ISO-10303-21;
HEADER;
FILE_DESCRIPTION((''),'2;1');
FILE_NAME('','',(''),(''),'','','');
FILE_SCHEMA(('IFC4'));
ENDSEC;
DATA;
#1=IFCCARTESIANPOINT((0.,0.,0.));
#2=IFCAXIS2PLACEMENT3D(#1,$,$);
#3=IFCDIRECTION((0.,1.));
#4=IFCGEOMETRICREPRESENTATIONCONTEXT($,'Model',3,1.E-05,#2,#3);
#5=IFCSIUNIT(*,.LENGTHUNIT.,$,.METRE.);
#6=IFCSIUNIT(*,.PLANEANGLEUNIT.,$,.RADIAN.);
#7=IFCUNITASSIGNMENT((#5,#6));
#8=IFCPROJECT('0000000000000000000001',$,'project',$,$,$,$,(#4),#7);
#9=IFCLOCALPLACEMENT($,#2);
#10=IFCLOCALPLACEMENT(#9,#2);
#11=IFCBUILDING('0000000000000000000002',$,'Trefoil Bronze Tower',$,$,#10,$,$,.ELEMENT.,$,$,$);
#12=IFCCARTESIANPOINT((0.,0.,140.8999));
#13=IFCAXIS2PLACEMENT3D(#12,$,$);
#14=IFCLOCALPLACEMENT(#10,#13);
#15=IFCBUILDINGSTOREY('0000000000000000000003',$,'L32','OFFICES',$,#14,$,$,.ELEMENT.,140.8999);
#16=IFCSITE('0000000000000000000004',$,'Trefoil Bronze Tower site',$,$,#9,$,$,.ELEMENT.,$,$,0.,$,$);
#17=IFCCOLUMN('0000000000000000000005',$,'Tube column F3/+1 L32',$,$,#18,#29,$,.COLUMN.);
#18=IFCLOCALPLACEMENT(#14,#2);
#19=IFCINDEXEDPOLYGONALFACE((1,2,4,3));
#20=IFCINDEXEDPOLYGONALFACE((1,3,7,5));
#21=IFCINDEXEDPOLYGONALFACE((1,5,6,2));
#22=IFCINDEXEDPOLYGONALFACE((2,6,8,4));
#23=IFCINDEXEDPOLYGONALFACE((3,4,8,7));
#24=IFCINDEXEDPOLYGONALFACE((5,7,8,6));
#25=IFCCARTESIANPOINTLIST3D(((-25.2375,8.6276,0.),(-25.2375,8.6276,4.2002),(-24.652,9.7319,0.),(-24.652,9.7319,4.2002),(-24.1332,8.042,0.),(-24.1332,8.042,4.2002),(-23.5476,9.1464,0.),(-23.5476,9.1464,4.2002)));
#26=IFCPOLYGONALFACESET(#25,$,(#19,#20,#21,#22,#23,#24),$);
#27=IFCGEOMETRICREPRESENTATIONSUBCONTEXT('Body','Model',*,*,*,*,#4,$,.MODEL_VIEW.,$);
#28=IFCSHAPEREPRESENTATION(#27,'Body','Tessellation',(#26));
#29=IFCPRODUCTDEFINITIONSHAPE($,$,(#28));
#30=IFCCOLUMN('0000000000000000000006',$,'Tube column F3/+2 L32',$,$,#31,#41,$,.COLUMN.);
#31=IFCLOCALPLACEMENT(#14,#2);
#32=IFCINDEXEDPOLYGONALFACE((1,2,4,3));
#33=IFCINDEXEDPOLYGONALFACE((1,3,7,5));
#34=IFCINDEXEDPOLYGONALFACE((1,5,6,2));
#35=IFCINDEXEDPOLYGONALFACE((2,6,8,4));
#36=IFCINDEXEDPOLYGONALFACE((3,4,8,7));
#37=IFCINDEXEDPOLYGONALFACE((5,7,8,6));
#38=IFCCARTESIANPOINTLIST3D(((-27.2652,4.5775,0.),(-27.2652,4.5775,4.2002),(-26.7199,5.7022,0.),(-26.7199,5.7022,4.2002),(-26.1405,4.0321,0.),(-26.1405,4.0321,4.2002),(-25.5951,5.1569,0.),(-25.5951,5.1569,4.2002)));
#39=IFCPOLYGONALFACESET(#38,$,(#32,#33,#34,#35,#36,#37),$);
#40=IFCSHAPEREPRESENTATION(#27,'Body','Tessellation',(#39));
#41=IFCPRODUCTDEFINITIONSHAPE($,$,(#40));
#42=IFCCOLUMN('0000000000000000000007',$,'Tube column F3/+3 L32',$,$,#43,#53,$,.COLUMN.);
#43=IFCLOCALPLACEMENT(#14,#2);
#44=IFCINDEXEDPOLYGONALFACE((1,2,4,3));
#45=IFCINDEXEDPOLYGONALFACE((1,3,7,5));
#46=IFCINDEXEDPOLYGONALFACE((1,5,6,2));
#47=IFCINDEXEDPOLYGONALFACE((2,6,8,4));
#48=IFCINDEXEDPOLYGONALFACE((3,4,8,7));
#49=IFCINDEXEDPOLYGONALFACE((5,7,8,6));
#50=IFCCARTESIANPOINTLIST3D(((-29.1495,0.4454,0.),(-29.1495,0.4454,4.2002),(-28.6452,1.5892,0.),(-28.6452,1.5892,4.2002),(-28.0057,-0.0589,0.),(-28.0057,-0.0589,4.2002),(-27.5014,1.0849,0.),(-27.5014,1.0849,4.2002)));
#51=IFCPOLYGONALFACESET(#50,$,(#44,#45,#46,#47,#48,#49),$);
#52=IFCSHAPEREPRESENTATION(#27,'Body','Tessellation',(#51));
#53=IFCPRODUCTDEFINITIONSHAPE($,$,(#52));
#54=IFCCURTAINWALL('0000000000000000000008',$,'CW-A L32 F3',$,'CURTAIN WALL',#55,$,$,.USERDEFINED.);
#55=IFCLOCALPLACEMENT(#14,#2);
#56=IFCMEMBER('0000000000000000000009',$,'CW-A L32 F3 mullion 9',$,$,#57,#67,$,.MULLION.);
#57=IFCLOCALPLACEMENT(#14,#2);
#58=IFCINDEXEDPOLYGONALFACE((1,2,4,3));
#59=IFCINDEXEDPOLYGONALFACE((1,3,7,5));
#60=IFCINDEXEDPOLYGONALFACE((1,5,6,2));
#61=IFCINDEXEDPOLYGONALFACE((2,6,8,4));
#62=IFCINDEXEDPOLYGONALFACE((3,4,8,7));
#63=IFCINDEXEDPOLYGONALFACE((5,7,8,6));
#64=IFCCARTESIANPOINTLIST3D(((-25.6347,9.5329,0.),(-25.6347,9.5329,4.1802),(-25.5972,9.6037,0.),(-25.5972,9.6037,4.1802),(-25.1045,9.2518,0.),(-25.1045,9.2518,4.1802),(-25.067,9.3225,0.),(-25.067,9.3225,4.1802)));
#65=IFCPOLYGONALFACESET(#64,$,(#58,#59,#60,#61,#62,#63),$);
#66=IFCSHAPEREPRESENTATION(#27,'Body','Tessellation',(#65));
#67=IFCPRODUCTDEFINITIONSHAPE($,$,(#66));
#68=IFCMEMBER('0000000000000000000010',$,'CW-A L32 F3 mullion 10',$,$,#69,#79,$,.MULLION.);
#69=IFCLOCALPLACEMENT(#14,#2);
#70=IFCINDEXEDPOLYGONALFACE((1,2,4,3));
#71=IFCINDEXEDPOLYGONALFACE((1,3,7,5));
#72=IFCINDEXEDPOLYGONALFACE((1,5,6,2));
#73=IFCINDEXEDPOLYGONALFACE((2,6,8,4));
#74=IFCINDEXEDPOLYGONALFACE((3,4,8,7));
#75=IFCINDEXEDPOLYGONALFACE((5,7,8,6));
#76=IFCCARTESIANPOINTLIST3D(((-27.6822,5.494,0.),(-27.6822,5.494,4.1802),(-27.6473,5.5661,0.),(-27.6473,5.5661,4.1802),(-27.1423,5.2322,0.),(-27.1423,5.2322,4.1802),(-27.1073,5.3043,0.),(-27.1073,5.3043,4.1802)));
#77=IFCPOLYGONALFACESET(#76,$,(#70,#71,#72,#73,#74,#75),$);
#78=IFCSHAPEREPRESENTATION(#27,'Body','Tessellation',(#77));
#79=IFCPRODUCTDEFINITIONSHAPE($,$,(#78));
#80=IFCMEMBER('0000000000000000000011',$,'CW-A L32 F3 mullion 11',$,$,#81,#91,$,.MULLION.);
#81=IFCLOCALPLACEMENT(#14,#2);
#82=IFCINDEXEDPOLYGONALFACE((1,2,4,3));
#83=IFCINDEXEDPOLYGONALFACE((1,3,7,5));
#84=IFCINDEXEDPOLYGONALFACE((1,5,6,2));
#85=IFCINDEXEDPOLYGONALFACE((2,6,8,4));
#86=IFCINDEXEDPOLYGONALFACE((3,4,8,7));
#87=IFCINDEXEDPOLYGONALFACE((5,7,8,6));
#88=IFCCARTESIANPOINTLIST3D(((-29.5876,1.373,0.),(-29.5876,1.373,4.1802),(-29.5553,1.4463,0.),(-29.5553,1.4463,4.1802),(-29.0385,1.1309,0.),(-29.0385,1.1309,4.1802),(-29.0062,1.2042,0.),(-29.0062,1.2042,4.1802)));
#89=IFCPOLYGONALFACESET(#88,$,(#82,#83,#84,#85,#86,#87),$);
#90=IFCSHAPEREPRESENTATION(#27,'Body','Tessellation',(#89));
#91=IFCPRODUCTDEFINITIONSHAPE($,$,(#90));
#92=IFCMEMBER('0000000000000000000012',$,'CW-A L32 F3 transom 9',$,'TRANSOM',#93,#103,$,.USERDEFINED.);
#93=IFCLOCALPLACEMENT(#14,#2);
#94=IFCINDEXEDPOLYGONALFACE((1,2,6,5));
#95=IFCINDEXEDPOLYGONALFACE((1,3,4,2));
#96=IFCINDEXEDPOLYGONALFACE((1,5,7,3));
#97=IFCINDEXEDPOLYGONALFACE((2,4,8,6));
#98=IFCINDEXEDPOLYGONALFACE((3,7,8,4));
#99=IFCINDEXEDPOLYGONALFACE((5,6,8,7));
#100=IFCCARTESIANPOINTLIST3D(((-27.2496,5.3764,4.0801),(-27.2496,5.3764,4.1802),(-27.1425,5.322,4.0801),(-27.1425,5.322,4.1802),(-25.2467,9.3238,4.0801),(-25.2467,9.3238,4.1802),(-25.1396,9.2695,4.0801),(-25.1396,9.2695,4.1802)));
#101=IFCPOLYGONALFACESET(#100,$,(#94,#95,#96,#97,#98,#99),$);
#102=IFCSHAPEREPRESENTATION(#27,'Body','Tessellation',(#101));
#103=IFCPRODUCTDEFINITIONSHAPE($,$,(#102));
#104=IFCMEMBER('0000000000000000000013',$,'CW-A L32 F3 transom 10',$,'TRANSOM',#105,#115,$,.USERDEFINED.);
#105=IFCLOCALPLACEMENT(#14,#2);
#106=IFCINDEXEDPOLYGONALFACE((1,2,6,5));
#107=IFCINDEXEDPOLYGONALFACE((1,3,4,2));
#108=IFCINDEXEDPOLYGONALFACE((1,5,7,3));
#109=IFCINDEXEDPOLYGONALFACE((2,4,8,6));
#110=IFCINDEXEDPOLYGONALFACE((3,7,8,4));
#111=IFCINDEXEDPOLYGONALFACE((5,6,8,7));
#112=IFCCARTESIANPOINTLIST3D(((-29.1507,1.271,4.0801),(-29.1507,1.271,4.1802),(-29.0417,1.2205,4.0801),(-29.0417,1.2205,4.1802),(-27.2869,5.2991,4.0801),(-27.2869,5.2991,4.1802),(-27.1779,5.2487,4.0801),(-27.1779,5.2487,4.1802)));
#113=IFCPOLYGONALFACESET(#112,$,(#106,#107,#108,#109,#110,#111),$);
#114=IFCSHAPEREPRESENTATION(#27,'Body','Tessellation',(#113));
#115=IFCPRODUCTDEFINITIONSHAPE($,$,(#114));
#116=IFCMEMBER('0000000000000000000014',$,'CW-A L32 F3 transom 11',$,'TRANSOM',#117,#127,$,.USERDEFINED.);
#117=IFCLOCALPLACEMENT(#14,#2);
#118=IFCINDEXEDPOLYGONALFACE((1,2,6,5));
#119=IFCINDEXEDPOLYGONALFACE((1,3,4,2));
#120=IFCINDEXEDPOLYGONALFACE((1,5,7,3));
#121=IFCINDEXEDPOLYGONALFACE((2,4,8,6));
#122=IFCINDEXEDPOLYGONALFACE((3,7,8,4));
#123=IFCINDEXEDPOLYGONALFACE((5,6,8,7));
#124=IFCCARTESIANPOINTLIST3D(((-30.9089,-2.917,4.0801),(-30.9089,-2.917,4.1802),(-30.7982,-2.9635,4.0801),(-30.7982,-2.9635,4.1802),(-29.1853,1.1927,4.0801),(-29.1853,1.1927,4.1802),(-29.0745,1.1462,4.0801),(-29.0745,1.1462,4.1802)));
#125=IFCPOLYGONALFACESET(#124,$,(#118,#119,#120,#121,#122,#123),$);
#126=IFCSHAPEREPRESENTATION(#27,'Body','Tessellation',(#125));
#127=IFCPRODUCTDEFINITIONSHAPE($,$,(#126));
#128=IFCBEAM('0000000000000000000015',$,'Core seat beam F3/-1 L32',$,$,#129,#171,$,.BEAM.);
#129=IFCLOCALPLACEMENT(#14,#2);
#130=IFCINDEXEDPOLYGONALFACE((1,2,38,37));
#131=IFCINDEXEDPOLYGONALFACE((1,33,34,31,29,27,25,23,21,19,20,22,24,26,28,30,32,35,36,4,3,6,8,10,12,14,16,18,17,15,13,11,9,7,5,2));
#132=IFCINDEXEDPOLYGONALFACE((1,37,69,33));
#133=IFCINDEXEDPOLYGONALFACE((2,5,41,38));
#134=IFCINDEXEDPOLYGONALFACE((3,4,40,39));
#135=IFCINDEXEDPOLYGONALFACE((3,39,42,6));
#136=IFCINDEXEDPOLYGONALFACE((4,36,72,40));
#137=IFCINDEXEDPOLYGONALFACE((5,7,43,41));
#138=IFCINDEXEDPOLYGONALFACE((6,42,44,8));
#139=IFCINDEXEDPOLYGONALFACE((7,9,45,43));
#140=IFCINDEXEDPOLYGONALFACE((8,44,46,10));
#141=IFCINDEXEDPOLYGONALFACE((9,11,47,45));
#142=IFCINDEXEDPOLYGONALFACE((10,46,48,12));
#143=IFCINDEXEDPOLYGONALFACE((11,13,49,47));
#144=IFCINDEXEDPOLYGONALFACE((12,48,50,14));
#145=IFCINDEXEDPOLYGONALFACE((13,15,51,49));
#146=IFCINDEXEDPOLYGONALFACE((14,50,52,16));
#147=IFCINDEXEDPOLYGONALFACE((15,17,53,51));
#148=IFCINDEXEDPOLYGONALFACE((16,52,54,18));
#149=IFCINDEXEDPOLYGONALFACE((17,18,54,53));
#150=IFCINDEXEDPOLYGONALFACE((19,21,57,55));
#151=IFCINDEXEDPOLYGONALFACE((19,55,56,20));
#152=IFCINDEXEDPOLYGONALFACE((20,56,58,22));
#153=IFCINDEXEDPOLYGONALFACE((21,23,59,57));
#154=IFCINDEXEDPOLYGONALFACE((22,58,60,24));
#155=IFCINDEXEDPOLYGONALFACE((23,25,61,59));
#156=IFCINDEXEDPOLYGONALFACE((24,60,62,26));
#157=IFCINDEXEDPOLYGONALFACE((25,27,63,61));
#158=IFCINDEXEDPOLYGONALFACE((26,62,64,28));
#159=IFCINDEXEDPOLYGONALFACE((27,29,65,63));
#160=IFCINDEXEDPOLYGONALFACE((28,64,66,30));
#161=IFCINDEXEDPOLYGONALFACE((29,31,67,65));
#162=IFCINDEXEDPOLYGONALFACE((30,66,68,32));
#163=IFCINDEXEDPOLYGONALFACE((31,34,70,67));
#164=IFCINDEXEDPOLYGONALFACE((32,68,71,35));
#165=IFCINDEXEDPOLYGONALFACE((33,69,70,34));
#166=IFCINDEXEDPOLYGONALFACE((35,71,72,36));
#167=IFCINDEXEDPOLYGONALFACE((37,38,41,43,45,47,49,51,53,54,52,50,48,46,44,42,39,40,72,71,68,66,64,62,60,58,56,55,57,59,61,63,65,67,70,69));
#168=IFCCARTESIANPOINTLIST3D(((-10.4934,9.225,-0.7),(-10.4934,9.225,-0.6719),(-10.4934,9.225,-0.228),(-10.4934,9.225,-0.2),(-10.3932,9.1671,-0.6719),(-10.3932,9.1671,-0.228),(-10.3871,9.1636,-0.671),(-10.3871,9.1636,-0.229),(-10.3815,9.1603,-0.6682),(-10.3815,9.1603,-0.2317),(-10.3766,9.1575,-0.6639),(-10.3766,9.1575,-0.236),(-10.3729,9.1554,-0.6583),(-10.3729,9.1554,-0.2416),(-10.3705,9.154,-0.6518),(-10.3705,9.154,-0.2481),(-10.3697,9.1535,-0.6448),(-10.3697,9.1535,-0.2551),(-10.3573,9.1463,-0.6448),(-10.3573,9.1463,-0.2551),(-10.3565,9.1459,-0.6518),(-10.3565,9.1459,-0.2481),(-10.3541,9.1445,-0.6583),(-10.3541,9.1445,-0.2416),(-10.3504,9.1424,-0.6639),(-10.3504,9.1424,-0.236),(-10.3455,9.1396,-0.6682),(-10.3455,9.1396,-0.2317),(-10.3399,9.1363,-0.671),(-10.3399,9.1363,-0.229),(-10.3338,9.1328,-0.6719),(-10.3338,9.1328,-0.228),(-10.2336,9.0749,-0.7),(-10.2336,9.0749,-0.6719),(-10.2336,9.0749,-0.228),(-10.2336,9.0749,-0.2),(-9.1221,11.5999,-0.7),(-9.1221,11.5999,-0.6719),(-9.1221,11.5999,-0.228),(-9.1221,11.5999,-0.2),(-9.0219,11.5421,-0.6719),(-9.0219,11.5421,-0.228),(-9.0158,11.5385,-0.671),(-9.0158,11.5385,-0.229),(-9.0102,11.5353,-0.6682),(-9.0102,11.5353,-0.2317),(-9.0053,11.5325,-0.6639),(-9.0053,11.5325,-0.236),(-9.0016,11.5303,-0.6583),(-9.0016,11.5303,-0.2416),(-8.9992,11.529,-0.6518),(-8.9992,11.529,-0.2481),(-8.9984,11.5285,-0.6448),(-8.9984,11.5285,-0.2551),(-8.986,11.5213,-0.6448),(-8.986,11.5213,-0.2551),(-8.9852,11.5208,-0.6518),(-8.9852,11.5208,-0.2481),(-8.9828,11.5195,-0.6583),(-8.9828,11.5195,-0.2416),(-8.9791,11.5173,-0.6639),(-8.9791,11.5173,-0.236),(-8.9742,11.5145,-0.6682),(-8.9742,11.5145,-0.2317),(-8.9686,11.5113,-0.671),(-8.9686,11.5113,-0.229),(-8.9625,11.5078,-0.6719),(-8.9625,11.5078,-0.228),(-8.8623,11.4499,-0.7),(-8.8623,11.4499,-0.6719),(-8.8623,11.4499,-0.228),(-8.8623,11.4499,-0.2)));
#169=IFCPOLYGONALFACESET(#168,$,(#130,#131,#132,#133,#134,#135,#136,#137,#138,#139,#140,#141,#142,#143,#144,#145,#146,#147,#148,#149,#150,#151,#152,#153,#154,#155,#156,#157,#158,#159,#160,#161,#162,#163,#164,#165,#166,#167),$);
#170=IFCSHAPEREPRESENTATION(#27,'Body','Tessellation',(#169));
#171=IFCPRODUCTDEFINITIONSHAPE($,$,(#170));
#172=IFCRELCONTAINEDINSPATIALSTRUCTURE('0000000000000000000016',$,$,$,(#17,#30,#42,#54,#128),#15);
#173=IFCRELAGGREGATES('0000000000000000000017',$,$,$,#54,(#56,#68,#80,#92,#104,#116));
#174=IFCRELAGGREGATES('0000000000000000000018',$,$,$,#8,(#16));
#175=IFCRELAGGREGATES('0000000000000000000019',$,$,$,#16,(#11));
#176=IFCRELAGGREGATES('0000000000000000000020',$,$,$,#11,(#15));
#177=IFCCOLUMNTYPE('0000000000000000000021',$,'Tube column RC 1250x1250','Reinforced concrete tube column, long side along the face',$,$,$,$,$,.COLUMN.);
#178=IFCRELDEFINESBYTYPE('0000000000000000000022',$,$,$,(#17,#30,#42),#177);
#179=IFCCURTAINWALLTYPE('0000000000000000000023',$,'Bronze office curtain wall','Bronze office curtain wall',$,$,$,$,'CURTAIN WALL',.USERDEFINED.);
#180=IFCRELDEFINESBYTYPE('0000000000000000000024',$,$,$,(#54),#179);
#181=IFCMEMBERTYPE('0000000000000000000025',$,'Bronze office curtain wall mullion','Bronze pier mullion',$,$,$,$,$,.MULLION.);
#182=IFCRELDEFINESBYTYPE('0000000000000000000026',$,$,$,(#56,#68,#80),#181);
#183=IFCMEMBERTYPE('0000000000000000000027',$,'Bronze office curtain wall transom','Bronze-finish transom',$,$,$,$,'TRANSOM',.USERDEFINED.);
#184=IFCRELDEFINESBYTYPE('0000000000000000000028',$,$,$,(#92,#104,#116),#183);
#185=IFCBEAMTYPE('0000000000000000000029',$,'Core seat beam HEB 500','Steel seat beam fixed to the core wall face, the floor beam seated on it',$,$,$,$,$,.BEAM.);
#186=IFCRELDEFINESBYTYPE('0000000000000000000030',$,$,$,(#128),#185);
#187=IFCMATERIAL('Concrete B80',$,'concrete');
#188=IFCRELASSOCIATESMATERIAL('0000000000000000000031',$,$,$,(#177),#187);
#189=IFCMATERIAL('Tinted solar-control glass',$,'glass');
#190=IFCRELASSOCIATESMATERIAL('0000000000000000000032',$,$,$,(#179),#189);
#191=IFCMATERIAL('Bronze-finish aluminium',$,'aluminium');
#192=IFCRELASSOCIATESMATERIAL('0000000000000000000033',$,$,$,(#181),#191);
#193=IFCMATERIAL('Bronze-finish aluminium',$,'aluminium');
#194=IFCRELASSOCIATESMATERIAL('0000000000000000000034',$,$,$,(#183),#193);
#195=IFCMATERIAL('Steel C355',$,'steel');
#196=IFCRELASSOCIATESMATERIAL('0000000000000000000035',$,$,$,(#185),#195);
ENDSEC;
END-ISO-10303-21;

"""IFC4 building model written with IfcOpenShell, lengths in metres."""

from ifc_helpers import new_model, si_unit, direction, frame, origin, origin_2d, place, context, subcontext, project, spatial, rectangle, i_section, extrude, material, material_profile, profile_set, type_object, element, aggregate, save


model = new_model("IFC4")

# Units and contexts
model_context = context("Model", 3, precision=1e-05, world=origin(), true_north=direction((0.0, 1.0)))
body_context = subcontext(model_context, "Body", "Model", "MODEL_VIEW")
ifc_project = project(units=[si_unit("LENGTHUNIT", "METRE"), si_unit("PLANEANGLEUNIT", "RADIAN")], contexts=[model_context])

# Site, building, storey
site_placement = place(None, origin())
site = spatial("IfcSite", under=ifc_project, at=site_placement, Name="Trefoil Bronze Tower site", CompositionType="ELEMENT", RefElevation=0.0)
building_placement = place(site_placement, origin())
building = spatial("IfcBuilding", under=site, at=building_placement, Name="Trefoil Bronze Tower", CompositionType="ELEMENT")
storey_placement = place(building_placement, frame((0.0, 0.0, 140.8999)))
storey = spatial("IfcBuildingStorey", under=building, at=storey_placement, Name="L32", Description="OFFICES", CompositionType="ELEMENT", Elevation=140.8999)

# Columns
ifc_material_1 = material(Name="Concrete B80", Category="concrete")
ifc_material_profile_1 = material_profile(ifc_material_1, rectangle(XDim=1.25, YDim=1.25, at=origin_2d()), Name="RC 1250x1250")
ifc_profile_set_1 = profile_set([ifc_material_profile_1], Name="Concrete B80")
column_type = type_object("IfcColumnType", Name="Tube column RC 1250x1250", Description="Reinforced concrete tube column, long side along the face", PredefinedType="COLUMN", material=ifc_profile_set_1)
for number, where, z_axis, x_axis, name in (
    (1, (-24.3926, 8.887, 0.0), (0.0, 0.0, 1.0), (-0.468457, -0.883486, 0.0), "Tube column F3/+1 L32"),
    (2, (-26.4302, 4.8672, 0.0), (0.0, 0.0, 1.0), (-0.436262, -0.89982, 0.0), "Tube column F3/+2 L32"),
    (3, (-28.3254, 0.7651, 0.0), (0.0, 0.0, 1.0), (-0.403412, -0.915018, 0.0), "Tube column F3/+3 L32"),
):
    element("IfcColumn", number, at=place(storey_placement, frame(where, z_axis=z_axis, x_axis=x_axis)), inside=storey, type_object=column_type, Name=name, PredefinedType="COLUMN", context=body_context, shape_type="SweptSolid", body=[
        extrude(rectangle(XDim=1.25, YDim=1.25, at=origin_2d()), origin(), (0.0, 0.0, 1.0), 4.2002),
    ])

# Curtain wall, members
ifc_material_2 = material(Name="Tinted solar-control glass", Category="glass")
curtain_wall_type = type_object("IfcCurtainWallType", Name="Bronze office curtain wall", Description="Bronze office curtain wall", ElementType="CURTAIN WALL", PredefinedType="USERDEFINED", material=ifc_material_2)
curtain_wall_placement = place(storey_placement, origin())
curtain_wall = element("IfcCurtainWall", 4, at=curtain_wall_placement, inside=storey, type_object=curtain_wall_type, Name="CW-A L32 F3", ObjectType="CURTAIN WALL", PredefinedType="USERDEFINED")
ifc_material_3 = material(Name="Bronze-finish aluminium", Category="aluminium")
ifc_material_profile_2 = material_profile(ifc_material_3, rectangle(XDim=0.6001, YDim=0.0801, at=origin_2d()), Name="CW-A mullion")
ifc_profile_set_2 = profile_set([ifc_material_profile_2], Name="Bronze-finish aluminium")
member_type_1 = type_object("IfcMemberType", Name="Bronze office curtain wall mullion", Description="Bronze pier mullion", PredefinedType="MULLION", material=ifc_profile_set_2)
member_1_placement = place(storey_placement, frame((-25.3508, 9.4277, 0.0), z_axis=(0.0, 0.0, 1.0), x_axis=(0.883486, -0.468457, 0.0)))
member_1 = element("IfcMember", 5, at=member_1_placement, type_object=member_type_1, Name="CW-A L32 F3 mullion 9", PredefinedType="MULLION", context=body_context, shape_type="SweptSolid", body=[
    extrude(rectangle(XDim=0.6001, YDim=0.0801, at=origin_2d()), origin(), (0.0, 0.0, 1.0), 4.1802),
])
member_2_placement = place(storey_placement, frame((-27.3948, 5.3992, 0.0), z_axis=(0.0, 0.0, 1.0), x_axis=(0.89982, -0.436262, 0.0)))
member_2 = element("IfcMember", 6, at=member_2_placement, type_object=member_type_1, Name="CW-A L32 F3 mullion 10", PredefinedType="MULLION", context=body_context, shape_type="SweptSolid", body=[
    extrude(rectangle(XDim=0.6001, YDim=0.0801, at=origin_2d()), origin(), (0.0, 0.0, 1.0), 4.1802),
])
member_3_placement = place(storey_placement, frame((-29.2969, 1.2886, 0.0), z_axis=(0.0, 0.0, 1.0), x_axis=(0.915018, -0.403412, 0.0)))
member_3 = element("IfcMember", 7, at=member_3_placement, type_object=member_type_1, Name="CW-A L32 F3 mullion 11", PredefinedType="MULLION", context=body_context, shape_type="SweptSolid", body=[
    extrude(rectangle(XDim=0.6001, YDim=0.0801, at=origin_2d()), origin(), (0.0, 0.0, 1.0), 4.1802),
])
ifc_material_4 = material(Name="Bronze-finish aluminium", Category="aluminium")
ifc_material_profile_3 = material_profile(ifc_material_4, rectangle(XDim=0.1201, YDim=0.1001, at=origin_2d()), Name="CW-A transom")
ifc_profile_set_3 = profile_set([ifc_material_profile_3], Name="Bronze-finish aluminium")
member_type_2 = type_object("IfcMemberType", Name="Bronze office curtain wall transom", Description="Bronze-finish transom", ElementType="TRANSOM", PredefinedType="USERDEFINED", material=ifc_profile_set_3)
member_4_placement = place(storey_placement, frame((-25.1931, 9.2966, 4.1301), z_axis=(-0.452478, -0.891775, 0.0), x_axis=(0.891775, -0.452478, 0.0)))
member_4 = element("IfcMember", 8, at=member_4_placement, type_object=member_type_2, Name="CW-A L32 F3 transom 9", ObjectType="TRANSOM", PredefinedType="USERDEFINED", context=body_context, shape_type="SweptSolid", body=[
    extrude(rectangle(XDim=0.1201, YDim=0.1001, at=origin_2d()), origin(), (0.0, 0.0, 1.0), 4.4265),
])
member_5_placement = place(storey_placement, frame((-27.2324, 5.2739, 4.1301), z_axis=(-0.419923, -0.90756, 0.0), x_axis=(0.90756, -0.419923, 0.0)))
member_5 = element("IfcMember", 9, at=member_5_placement, type_object=member_type_2, Name="CW-A L32 F3 transom 10", ObjectType="TRANSOM", PredefinedType="USERDEFINED", context=body_context, shape_type="SweptSolid", body=[
    extrude(rectangle(XDim=0.1201, YDim=0.1001, at=origin_2d()), origin(), (0.0, 0.0, 1.0), 4.4385),
])
member_6_placement = place(storey_placement, frame((-29.1299, 1.1694, 4.1301), z_axis=(-0.386773, -0.922175, 0.0), x_axis=(0.922175, -0.386773, 0.0)))
member_6 = element("IfcMember", 10, at=member_6_placement, type_object=member_type_2, Name="CW-A L32 F3 transom 11", ObjectType="TRANSOM", PredefinedType="USERDEFINED", context=body_context, shape_type="SweptSolid", body=[
    extrude(rectangle(XDim=0.1201, YDim=0.1001, at=origin_2d()), origin(), (0.0, 0.0, 1.0), 4.4565),
])

# Beam
ifc_material_5 = material(Name="Steel C355", Category="steel")
ifc_material_profile_4 = material_profile(ifc_material_5, i_section(OverallWidth=0.3, OverallDepth=0.5, WebThickness=0.0144, FlangeThickness=0.0281, FilletRadius=0.0271, at=origin_2d()), Name="HEB 500")
ifc_profile_set_4 = profile_set([ifc_material_profile_4], Name="Steel C355")
beam_type_1 = type_object("IfcBeamType", Name="Core seat beam HEB 500", Description="Steel seat beam fixed to the core wall face, the floor beam seated on it", PredefinedType="BEAM", material=ifc_profile_set_4)
for number, where, z_axis, x_axis, name in (
    (11, (-8.9922, 11.5249, -0.45), (-0.500036, -0.866005, 0.0), (0.866005, -0.500036, 0.0), "Core seat beam F3/-1 L32"),
):
    element("IfcBeam", number, at=place(storey_placement, frame(where, z_axis=z_axis, x_axis=x_axis)), inside=storey, type_object=beam_type_1, Name=name, PredefinedType="BEAM", context=body_context, shape_type="SweptSolid", body=[
        extrude(i_section(OverallWidth=0.3, OverallDepth=0.5, WebThickness=0.0144, FlangeThickness=0.0281, FilletRadius=0.0271, at=origin_2d()), origin(), (0.0, 0.0, 1.0), 2.7424),
    ])

aggregate(curtain_wall, [member_1, member_2, member_3, member_4, member_5, member_6])

save(model, "model.ifc")
